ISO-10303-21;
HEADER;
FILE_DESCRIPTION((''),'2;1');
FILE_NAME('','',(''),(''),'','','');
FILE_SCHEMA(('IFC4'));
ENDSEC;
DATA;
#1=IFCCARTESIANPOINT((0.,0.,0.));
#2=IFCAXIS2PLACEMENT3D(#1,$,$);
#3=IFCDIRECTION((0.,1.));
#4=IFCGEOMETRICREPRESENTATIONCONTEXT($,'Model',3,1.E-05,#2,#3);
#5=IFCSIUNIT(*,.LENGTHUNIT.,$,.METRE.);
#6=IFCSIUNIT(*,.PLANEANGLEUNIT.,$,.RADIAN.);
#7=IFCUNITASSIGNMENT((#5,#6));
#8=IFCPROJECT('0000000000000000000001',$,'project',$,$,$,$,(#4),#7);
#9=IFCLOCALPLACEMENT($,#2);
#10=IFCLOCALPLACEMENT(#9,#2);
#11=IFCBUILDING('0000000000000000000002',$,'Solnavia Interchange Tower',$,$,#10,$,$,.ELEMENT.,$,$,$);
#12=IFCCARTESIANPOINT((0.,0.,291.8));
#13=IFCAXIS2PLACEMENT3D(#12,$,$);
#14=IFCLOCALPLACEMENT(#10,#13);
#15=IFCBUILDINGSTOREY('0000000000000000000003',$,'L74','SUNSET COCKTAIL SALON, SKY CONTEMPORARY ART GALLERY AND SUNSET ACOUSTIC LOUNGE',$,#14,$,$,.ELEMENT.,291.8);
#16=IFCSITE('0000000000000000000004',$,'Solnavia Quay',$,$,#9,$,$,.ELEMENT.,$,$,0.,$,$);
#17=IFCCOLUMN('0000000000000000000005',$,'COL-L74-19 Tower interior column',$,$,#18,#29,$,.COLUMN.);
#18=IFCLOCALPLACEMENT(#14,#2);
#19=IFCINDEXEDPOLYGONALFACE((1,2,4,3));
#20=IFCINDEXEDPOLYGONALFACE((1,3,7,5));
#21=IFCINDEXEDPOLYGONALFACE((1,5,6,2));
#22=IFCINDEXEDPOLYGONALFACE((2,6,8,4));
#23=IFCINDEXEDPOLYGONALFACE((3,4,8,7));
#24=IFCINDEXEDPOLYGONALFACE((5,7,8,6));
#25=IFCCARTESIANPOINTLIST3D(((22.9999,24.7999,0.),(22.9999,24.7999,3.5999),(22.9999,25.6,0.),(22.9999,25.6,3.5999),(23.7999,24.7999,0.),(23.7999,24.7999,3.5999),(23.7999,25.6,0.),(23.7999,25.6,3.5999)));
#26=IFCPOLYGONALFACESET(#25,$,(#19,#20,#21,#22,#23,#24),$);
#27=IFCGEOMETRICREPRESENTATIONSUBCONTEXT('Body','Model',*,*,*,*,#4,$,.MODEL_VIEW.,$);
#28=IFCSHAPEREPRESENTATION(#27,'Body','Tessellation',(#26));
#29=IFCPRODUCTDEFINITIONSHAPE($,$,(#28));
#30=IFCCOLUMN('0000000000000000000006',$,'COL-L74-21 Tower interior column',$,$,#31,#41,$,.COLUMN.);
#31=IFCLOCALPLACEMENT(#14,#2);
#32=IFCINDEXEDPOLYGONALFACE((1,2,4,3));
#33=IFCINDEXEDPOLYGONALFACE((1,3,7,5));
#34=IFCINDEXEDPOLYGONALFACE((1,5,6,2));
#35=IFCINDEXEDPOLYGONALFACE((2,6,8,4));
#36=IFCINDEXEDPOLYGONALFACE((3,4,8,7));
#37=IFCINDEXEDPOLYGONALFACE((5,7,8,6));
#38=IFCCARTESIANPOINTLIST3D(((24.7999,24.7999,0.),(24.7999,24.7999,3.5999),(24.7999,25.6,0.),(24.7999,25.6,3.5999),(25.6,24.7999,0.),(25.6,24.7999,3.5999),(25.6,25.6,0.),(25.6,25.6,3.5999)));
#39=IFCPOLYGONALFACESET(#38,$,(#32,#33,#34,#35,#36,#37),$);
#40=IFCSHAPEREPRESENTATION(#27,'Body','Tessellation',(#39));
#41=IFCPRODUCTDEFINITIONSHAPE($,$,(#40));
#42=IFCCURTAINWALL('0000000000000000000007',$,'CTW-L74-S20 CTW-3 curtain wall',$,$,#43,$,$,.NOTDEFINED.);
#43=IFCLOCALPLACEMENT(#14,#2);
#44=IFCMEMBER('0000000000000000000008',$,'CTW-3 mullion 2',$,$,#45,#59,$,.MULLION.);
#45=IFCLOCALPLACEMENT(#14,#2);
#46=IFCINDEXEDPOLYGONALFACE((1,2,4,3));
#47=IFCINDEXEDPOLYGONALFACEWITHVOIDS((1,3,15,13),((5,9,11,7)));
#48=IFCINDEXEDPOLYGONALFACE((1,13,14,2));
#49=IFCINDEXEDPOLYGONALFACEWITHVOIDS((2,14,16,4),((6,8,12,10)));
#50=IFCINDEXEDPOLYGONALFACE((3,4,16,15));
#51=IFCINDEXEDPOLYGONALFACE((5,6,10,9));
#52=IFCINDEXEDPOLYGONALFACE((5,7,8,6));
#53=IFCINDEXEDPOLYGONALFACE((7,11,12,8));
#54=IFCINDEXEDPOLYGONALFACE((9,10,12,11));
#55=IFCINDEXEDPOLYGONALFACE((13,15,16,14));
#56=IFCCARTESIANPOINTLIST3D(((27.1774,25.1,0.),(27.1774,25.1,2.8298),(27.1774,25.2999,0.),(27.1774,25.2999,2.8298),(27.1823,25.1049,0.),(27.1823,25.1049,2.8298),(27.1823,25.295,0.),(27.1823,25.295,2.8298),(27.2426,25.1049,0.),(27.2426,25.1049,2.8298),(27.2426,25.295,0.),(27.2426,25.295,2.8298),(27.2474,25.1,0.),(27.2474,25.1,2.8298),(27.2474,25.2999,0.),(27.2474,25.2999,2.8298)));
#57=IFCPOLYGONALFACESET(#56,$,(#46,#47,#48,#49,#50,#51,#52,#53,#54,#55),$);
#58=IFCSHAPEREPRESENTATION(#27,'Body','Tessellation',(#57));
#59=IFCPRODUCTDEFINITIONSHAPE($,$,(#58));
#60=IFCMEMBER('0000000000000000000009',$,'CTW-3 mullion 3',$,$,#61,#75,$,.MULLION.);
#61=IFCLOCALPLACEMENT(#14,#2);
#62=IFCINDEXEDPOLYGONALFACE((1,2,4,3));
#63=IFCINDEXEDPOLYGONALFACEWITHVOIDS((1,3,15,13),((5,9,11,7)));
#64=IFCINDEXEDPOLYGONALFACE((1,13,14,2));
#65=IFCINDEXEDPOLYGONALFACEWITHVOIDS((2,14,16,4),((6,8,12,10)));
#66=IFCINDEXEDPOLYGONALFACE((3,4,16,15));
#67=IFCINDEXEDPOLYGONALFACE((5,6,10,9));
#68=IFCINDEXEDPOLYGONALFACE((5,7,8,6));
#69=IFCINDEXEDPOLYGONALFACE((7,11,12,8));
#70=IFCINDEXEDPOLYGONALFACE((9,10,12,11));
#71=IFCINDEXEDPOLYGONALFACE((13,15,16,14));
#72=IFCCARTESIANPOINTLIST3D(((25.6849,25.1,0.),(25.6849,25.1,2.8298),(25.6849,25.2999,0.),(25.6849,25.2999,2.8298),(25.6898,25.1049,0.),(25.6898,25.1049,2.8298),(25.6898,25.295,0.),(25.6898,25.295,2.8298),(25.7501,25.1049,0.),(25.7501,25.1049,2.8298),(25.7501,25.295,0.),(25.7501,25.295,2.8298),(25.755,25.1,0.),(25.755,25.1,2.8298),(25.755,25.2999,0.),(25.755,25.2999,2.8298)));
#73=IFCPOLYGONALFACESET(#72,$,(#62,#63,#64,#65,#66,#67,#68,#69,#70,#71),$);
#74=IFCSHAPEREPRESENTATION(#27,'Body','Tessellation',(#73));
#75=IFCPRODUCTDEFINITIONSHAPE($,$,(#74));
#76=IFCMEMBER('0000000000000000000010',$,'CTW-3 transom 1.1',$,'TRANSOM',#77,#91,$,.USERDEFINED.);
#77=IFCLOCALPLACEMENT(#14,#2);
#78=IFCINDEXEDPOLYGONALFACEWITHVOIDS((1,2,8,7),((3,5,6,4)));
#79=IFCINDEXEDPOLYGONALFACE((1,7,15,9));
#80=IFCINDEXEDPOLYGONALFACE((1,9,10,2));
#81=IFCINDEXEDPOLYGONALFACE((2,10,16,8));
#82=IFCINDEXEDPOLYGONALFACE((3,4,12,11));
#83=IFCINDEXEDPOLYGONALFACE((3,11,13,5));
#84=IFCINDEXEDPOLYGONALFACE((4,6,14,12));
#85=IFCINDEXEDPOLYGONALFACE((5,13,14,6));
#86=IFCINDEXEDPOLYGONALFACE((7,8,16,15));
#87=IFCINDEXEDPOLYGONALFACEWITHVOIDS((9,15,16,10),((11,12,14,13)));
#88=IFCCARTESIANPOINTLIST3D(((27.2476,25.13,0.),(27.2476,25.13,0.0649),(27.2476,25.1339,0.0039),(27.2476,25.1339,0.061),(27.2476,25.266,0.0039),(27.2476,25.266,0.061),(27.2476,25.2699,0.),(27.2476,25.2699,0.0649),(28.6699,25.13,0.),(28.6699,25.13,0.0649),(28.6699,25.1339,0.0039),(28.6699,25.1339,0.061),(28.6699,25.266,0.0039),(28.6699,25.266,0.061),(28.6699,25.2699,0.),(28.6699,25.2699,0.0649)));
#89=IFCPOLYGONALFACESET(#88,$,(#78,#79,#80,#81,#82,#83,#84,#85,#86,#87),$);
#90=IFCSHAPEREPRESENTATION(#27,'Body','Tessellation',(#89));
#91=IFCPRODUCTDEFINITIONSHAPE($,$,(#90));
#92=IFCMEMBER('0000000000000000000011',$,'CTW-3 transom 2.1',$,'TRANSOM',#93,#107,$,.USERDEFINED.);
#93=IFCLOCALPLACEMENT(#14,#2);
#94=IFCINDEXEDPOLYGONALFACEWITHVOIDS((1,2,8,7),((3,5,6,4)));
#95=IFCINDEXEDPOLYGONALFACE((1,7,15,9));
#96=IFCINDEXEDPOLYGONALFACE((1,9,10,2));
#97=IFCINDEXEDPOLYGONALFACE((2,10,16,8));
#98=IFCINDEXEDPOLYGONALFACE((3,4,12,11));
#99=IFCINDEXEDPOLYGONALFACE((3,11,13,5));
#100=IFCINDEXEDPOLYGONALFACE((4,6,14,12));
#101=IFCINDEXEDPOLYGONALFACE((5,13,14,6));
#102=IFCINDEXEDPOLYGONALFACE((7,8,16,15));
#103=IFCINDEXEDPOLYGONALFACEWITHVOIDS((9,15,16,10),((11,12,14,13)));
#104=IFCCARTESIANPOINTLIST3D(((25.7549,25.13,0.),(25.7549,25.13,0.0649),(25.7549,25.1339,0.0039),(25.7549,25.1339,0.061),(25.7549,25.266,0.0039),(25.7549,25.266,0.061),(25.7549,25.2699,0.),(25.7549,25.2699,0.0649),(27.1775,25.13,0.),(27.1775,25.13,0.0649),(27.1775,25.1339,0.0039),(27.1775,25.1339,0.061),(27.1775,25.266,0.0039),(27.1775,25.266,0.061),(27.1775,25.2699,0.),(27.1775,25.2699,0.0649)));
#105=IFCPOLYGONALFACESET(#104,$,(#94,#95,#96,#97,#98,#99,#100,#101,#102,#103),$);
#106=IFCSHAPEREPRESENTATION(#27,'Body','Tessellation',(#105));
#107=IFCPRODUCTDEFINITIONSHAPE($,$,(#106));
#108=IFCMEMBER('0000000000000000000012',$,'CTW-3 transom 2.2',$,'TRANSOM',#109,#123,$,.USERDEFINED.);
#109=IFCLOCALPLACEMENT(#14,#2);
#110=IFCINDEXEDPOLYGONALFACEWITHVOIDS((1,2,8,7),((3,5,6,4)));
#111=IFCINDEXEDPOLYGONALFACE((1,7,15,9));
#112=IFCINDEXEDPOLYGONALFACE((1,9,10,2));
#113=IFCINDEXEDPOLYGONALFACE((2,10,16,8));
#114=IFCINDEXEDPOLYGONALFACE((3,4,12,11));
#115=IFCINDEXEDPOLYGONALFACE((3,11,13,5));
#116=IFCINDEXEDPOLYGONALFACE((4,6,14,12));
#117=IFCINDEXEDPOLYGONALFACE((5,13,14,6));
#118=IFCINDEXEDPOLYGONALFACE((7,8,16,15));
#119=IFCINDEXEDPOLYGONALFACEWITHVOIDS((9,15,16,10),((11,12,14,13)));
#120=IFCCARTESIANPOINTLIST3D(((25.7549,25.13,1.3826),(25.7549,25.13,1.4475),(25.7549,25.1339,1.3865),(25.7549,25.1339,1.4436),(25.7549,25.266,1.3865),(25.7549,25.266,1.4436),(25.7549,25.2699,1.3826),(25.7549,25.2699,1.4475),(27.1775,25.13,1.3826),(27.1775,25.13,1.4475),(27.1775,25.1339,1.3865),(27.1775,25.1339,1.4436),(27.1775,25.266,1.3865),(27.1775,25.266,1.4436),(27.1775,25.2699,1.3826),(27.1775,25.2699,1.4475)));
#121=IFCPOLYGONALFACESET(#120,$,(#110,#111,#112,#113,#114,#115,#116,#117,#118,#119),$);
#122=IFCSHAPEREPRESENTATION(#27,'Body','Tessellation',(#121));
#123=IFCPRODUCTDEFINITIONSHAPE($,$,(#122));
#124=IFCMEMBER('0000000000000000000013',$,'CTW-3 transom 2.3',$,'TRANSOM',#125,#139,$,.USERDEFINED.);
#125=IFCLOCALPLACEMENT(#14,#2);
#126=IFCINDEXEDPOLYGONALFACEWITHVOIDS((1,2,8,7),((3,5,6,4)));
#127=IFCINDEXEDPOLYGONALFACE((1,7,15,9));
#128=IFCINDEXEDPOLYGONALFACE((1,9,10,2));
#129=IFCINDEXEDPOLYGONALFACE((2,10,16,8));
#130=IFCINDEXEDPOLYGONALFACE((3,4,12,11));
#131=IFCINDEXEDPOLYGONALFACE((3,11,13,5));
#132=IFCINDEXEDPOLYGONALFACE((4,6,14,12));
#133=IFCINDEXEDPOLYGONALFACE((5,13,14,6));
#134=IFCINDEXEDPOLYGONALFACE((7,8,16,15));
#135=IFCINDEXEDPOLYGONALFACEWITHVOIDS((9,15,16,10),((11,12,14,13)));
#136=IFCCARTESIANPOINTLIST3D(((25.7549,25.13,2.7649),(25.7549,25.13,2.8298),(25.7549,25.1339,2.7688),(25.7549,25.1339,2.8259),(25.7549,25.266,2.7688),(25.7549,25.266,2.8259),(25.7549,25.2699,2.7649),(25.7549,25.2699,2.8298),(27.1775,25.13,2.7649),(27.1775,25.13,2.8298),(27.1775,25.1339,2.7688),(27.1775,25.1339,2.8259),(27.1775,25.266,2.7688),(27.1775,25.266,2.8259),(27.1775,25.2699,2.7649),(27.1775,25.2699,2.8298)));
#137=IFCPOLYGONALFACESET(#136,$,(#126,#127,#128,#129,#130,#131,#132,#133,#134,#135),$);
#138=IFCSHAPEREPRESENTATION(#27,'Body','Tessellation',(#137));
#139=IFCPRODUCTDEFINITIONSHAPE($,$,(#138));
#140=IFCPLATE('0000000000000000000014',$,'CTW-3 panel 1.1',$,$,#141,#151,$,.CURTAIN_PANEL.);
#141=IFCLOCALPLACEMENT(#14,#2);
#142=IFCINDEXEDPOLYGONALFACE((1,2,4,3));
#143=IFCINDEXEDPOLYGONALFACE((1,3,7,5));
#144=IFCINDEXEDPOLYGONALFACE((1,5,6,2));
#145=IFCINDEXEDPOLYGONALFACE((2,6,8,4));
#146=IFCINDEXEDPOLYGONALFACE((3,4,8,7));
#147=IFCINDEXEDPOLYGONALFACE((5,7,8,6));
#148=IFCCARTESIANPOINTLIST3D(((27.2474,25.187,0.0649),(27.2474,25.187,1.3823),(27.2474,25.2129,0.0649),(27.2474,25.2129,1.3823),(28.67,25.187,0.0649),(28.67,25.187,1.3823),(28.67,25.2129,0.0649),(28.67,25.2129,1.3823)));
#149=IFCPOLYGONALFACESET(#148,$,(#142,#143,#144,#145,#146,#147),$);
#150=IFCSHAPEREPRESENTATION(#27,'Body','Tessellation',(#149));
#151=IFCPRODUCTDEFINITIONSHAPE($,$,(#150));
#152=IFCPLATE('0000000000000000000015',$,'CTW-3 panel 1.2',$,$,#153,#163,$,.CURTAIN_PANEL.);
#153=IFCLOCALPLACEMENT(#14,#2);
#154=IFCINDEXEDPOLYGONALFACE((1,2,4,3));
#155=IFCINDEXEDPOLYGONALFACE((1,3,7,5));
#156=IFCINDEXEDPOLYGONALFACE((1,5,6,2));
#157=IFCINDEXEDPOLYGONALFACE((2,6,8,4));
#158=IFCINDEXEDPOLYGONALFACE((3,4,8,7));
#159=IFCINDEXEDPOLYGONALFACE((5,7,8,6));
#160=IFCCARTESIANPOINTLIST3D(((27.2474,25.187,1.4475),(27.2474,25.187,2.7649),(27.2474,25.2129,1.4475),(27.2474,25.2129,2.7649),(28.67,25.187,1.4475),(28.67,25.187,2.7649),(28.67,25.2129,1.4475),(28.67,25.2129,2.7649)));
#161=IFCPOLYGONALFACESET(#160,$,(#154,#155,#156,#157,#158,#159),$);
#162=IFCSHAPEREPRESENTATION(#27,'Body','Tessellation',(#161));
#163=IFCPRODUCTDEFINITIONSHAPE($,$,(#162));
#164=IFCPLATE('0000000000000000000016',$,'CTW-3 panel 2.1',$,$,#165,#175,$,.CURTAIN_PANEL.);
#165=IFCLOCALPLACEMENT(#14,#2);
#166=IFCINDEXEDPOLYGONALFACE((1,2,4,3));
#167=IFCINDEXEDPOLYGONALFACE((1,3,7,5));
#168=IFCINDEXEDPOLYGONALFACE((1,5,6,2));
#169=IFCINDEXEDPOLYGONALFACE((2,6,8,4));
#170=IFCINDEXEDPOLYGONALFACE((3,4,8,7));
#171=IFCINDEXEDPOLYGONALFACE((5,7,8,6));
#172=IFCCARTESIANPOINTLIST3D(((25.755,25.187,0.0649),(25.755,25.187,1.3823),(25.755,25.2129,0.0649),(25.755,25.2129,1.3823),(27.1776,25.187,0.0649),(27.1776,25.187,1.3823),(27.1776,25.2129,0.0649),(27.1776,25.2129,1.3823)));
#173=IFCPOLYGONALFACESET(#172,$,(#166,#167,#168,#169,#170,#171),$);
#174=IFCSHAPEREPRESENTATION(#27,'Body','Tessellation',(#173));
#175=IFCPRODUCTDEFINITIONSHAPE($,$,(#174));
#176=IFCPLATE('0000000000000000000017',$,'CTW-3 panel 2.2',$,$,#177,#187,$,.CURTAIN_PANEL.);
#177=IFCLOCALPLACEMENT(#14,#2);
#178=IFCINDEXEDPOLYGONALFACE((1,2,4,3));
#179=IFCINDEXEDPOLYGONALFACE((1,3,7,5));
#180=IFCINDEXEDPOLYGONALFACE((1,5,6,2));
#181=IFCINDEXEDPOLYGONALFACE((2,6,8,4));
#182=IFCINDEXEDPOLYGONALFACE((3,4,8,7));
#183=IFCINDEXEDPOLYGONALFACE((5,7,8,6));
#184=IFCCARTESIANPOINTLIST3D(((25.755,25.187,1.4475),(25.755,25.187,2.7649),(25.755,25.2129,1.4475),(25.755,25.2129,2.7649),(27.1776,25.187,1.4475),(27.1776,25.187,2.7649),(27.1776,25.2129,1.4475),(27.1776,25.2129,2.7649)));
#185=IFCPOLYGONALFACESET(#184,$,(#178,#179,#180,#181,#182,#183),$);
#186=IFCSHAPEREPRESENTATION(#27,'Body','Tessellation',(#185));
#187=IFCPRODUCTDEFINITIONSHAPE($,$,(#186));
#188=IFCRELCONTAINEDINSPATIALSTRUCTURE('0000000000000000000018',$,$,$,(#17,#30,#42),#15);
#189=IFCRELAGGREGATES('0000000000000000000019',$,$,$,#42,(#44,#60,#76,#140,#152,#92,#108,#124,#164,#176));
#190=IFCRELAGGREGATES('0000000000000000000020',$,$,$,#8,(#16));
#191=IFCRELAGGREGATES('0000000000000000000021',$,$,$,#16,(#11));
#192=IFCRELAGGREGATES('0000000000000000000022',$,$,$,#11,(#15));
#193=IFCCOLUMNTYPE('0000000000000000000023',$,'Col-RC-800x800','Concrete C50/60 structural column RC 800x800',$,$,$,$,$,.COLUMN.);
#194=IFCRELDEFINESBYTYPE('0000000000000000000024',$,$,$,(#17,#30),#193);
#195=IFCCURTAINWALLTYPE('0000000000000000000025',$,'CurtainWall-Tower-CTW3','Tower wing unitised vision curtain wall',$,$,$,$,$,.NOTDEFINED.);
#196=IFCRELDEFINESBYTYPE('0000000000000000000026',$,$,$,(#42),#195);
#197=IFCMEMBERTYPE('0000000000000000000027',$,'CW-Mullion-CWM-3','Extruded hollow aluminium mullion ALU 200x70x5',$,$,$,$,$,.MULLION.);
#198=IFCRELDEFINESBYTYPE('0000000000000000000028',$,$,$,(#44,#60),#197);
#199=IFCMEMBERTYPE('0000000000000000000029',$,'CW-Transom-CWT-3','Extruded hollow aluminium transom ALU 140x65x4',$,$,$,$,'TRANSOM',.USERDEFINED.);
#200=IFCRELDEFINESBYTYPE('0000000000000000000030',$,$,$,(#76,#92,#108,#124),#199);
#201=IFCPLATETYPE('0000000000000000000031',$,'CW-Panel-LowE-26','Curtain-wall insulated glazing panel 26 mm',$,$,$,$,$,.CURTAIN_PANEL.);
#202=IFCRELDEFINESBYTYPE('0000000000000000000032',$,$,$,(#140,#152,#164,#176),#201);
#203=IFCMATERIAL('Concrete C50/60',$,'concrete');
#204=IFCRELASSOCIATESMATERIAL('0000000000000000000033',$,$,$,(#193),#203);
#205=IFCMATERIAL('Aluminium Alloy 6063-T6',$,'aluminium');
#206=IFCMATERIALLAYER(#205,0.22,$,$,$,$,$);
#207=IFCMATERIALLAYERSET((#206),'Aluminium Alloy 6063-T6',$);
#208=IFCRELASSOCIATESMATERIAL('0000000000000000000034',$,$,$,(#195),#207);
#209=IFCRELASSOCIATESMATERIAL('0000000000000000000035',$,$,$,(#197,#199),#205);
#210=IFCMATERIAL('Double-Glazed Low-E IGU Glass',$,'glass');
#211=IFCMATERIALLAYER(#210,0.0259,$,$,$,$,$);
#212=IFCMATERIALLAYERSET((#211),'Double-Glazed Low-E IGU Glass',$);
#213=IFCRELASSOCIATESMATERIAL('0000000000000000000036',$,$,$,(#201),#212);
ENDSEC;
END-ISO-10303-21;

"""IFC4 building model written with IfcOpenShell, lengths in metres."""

from ifc_helpers import new_model, si_unit, direction, frame, origin, origin_2d, place, context, subcontext, project, spatial, rectangle, hollow_rectangle, extrude, material, layer, layer_set, material_profile, profile_set, type_object, element, aggregate, save


model = new_model("IFC4")

# Units and contexts
model_context = context("Model", 3, precision=1e-05, world=origin(), true_north=direction((0.0, 1.0)))
body_context = subcontext(model_context, "Body", "Model", "MODEL_VIEW")
ifc_project = project(units=[si_unit("LENGTHUNIT", "METRE"), si_unit("PLANEANGLEUNIT", "RADIAN")], contexts=[model_context])

# Site, building, storey
site_placement = place(None, origin())
site = spatial("IfcSite", under=ifc_project, at=site_placement, Name="Solnavia Quay", CompositionType="ELEMENT", RefElevation=0.0)
building_placement = place(site_placement, origin())
building = spatial("IfcBuilding", under=site, at=building_placement, Name="Solnavia Interchange Tower", CompositionType="ELEMENT")
storey_placement = place(building_placement, frame((0.0, 0.0, 291.8)))
storey = spatial("IfcBuildingStorey", under=building, at=storey_placement, Name="L74", Description="SUNSET COCKTAIL SALON, SKY CONTEMPORARY ART GALLERY AND SUNSET ACOUSTIC LOUNGE", CompositionType="ELEMENT", Elevation=291.8)

# Columns
ifc_material_1 = material(Name="Concrete C50/60", Category="concrete")
ifc_material_profile_1 = material_profile(ifc_material_1, rectangle(XDim=0.8, YDim=0.8, at=origin_2d()), Name="RC 800x800")
ifc_profile_set_1 = profile_set([ifc_material_profile_1], Name="Concrete C50/60")
column_type = type_object("IfcColumnType", Name="Col-RC-800x800", Description="Concrete C50/60 structural column RC 800x800", PredefinedType="COLUMN", material=ifc_profile_set_1)
for number, where, z_axis, x_axis, name in (
    (1, (23.3999, 25.2, 0.0), (0.0, 0.0, 1.0), (1.0, 0.0, 0.0), "COL-L74-19 Tower interior column"),
    (2, (25.2, 25.2, 0.0), (0.0, 0.0, 1.0), (1.0, 0.0, 0.0), "COL-L74-21 Tower interior column"),
):
    element("IfcColumn", number, at=place(storey_placement, frame(where, z_axis=z_axis, x_axis=x_axis)), inside=storey, type_object=column_type, Name=name, PredefinedType="COLUMN", context=body_context, shape_type="SweptSolid", body=[
        extrude(rectangle(XDim=0.8, YDim=0.8, at=origin_2d()), origin(), (0.0, 0.0, 1.0), 3.5999),
    ])

# Curtain wall, members, plates
ifc_material_2 = material(Name="Aluminium Alloy 6063-T6", Category="aluminium")
ifc_layer_1 = layer(ifc_material_2, 0.22)
ifc_layer_set_1 = layer_set([ifc_layer_1], Name="Aluminium Alloy 6063-T6")
curtain_wall_type = type_object("IfcCurtainWallType", Name="CurtainWall-Tower-CTW3", Description="Tower wing unitised vision curtain wall", PredefinedType="NOTDEFINED", material=ifc_layer_set_1)
curtain_wall_placement = place(storey_placement, origin())
curtain_wall = element("IfcCurtainWall", 3, at=curtain_wall_placement, inside=storey, type_object=curtain_wall_type, Name="CTW-L74-S20 CTW-3 curtain wall", PredefinedType="NOTDEFINED")
ifc_material_profile_2 = material_profile(ifc_material_2, hollow_rectangle(XDim=0.0701, YDim=0.2, WallThickness=0.0049, at=origin_2d()), Name="ALU 200x70x5")
ifc_profile_set_2 = profile_set([ifc_material_profile_2], Name="Aluminium Alloy 6063-T6")
member_type_1 = type_object("IfcMemberType", Name="CW-Mullion-CWM-3", Description="Extruded hollow aluminium mullion ALU 200x70x5", PredefinedType="MULLION", material=ifc_profile_set_2)
member_1_placement = place(storey_placement, frame((27.2124, 25.2, 0.0), z_axis=(0.0, 0.0, 1.0), x_axis=(-1.0, 0.0, 0.0)))
member_1 = element("IfcMember", 4, at=member_1_placement, type_object=member_type_1, Name="CTW-3 mullion 2", PredefinedType="MULLION", context=body_context, shape_type="SweptSolid", body=[
    extrude(hollow_rectangle(XDim=0.0701, YDim=0.2, WallThickness=0.0049, at=origin_2d()), origin(), (0.0, 0.0, 1.0), 2.8298),
])
member_2_placement = place(storey_placement, frame((25.72, 25.2, 0.0), z_axis=(0.0, 0.0, 1.0), x_axis=(-1.0, 0.0, 0.0)))
member_2 = element("IfcMember", 5, at=member_2_placement, type_object=member_type_1, Name="CTW-3 mullion 3", PredefinedType="MULLION", context=body_context, shape_type="SweptSolid", body=[
    extrude(hollow_rectangle(XDim=0.0701, YDim=0.2, WallThickness=0.0049, at=origin_2d()), origin(), (0.0, 0.0, 1.0), 2.8298),
])
ifc_material_profile_3 = material_profile(ifc_material_2, hollow_rectangle(XDim=0.0649, YDim=0.1399, WallThickness=0.0039, at=origin_2d()), Name="ALU 140x65x4")
ifc_profile_set_3 = profile_set([ifc_material_profile_3], Name="Aluminium Alloy 6063-T6")
member_type_2 = type_object("IfcMemberType", Name="CW-Transom-CWT-3", Description="Extruded hollow aluminium transom ALU 140x65x4", ElementType="TRANSOM", PredefinedType="USERDEFINED", material=ifc_profile_set_3)
member_3_placement = place(storey_placement, frame((28.6699, 25.2, 0.0325), z_axis=(-1.0, 0.0, 0.0), x_axis=(0.0, 0.0, 1.0)))
member_3 = element("IfcMember", 6, at=member_3_placement, type_object=member_type_2, Name="CTW-3 transom 1.1", ObjectType="TRANSOM", PredefinedType="USERDEFINED", context=body_context, shape_type="SweptSolid", body=[
    extrude(hollow_rectangle(XDim=0.0649, YDim=0.1399, WallThickness=0.0039, at=origin_2d()), origin(), (0.0, 0.0, 1.0), 1.4224),
])
member_4_placement = place(storey_placement, frame((27.1775, 25.2, 0.0325), z_axis=(-1.0, 0.0, 0.0), x_axis=(0.0, 0.0, 1.0)))
member_4 = element("IfcMember", 7, at=member_4_placement, type_object=member_type_2, Name="CTW-3 transom 2.1", ObjectType="TRANSOM", PredefinedType="USERDEFINED", context=body_context, shape_type="SweptSolid", body=[
    extrude(hollow_rectangle(XDim=0.0649, YDim=0.1399, WallThickness=0.0039, at=origin_2d()), origin(), (0.0, 0.0, 1.0), 1.4226),
])
member_5_placement = place(storey_placement, frame((27.1775, 25.2, 1.415), z_axis=(-1.0, 0.0, 0.0), x_axis=(0.0, 0.0, 1.0)))
member_5 = element("IfcMember", 8, at=member_5_placement, type_object=member_type_2, Name="CTW-3 transom 2.2", ObjectType="TRANSOM", PredefinedType="USERDEFINED", context=body_context, shape_type="SweptSolid", body=[
    extrude(hollow_rectangle(XDim=0.0649, YDim=0.1399, WallThickness=0.0039, at=origin_2d()), origin(), (0.0, 0.0, 1.0), 1.4226),
])
member_6_placement = place(storey_placement, frame((27.1775, 25.2, 2.7974), z_axis=(-1.0, 0.0, 0.0), x_axis=(0.0, 0.0, 1.0)))
member_6 = element("IfcMember", 9, at=member_6_placement, type_object=member_type_2, Name="CTW-3 transom 2.3", ObjectType="TRANSOM", PredefinedType="USERDEFINED", context=body_context, shape_type="SweptSolid", body=[
    extrude(hollow_rectangle(XDim=0.0649, YDim=0.1399, WallThickness=0.0039, at=origin_2d()), origin(), (0.0, 0.0, 1.0), 1.4226),
])
ifc_material_3 = material(Name="Double-Glazed Low-E IGU Glass", Category="glass")
ifc_layer_2 = layer(ifc_material_3, 0.0259)
ifc_layer_set_2 = layer_set([ifc_layer_2], Name="Double-Glazed Low-E IGU Glass")
plate_type = type_object("IfcPlateType", Name="CW-Panel-LowE-26", Description="Curtain-wall insulated glazing panel 26 mm", PredefinedType="CURTAIN_PANEL", material=ifc_layer_set_2)
plate_1_placement = place(storey_placement, frame((27.9587, 25.2, 0.0649), z_axis=(0.0, 0.0, 1.0), x_axis=(-1.0, 0.0, 0.0)))
plate_1 = element("IfcPlate", 10, at=plate_1_placement, type_object=plate_type, Name="CTW-3 panel 1.1", PredefinedType="CURTAIN_PANEL", context=body_context, shape_type="SweptSolid", body=[
    extrude(rectangle(XDim=1.4226, YDim=0.0259, at=origin_2d()), origin(), (0.0, 0.0, 1.0), 1.3174),
])
plate_2_placement = place(storey_placement, frame((27.9587, 25.2, 1.4475), z_axis=(0.0, 0.0, 1.0), x_axis=(-1.0, 0.0, 0.0)))
plate_2 = element("IfcPlate", 11, at=plate_2_placement, type_object=plate_type, Name="CTW-3 panel 1.2", PredefinedType="CURTAIN_PANEL", context=body_context, shape_type="SweptSolid", body=[
    extrude(rectangle(XDim=1.4226, YDim=0.0259, at=origin_2d()), origin(), (0.0, 0.0, 1.0), 1.3174),
])
plate_3_placement = place(storey_placement, frame((26.4663, 25.2, 0.0649), z_axis=(0.0, 0.0, 1.0), x_axis=(-1.0, 0.0, 0.0)))
plate_3 = element("IfcPlate", 12, at=plate_3_placement, type_object=plate_type, Name="CTW-3 panel 2.1", PredefinedType="CURTAIN_PANEL", context=body_context, shape_type="SweptSolid", body=[
    extrude(rectangle(XDim=1.4226, YDim=0.0259, at=origin_2d()), origin(), (0.0, 0.0, 1.0), 1.3174),
])
plate_4_placement = place(storey_placement, frame((26.4663, 25.2, 1.4475), z_axis=(0.0, 0.0, 1.0), x_axis=(-1.0, 0.0, 0.0)))
plate_4 = element("IfcPlate", 13, at=plate_4_placement, type_object=plate_type, Name="CTW-3 panel 2.2", PredefinedType="CURTAIN_PANEL", context=body_context, shape_type="SweptSolid", body=[
    extrude(rectangle(XDim=1.4226, YDim=0.0259, at=origin_2d()), origin(), (0.0, 0.0, 1.0), 1.3174),
])
aggregate(curtain_wall, [member_1, member_2, member_3, plate_1, plate_2, member_4, member_5, member_6, plate_3, plate_4])

save(model, "model.ifc")
